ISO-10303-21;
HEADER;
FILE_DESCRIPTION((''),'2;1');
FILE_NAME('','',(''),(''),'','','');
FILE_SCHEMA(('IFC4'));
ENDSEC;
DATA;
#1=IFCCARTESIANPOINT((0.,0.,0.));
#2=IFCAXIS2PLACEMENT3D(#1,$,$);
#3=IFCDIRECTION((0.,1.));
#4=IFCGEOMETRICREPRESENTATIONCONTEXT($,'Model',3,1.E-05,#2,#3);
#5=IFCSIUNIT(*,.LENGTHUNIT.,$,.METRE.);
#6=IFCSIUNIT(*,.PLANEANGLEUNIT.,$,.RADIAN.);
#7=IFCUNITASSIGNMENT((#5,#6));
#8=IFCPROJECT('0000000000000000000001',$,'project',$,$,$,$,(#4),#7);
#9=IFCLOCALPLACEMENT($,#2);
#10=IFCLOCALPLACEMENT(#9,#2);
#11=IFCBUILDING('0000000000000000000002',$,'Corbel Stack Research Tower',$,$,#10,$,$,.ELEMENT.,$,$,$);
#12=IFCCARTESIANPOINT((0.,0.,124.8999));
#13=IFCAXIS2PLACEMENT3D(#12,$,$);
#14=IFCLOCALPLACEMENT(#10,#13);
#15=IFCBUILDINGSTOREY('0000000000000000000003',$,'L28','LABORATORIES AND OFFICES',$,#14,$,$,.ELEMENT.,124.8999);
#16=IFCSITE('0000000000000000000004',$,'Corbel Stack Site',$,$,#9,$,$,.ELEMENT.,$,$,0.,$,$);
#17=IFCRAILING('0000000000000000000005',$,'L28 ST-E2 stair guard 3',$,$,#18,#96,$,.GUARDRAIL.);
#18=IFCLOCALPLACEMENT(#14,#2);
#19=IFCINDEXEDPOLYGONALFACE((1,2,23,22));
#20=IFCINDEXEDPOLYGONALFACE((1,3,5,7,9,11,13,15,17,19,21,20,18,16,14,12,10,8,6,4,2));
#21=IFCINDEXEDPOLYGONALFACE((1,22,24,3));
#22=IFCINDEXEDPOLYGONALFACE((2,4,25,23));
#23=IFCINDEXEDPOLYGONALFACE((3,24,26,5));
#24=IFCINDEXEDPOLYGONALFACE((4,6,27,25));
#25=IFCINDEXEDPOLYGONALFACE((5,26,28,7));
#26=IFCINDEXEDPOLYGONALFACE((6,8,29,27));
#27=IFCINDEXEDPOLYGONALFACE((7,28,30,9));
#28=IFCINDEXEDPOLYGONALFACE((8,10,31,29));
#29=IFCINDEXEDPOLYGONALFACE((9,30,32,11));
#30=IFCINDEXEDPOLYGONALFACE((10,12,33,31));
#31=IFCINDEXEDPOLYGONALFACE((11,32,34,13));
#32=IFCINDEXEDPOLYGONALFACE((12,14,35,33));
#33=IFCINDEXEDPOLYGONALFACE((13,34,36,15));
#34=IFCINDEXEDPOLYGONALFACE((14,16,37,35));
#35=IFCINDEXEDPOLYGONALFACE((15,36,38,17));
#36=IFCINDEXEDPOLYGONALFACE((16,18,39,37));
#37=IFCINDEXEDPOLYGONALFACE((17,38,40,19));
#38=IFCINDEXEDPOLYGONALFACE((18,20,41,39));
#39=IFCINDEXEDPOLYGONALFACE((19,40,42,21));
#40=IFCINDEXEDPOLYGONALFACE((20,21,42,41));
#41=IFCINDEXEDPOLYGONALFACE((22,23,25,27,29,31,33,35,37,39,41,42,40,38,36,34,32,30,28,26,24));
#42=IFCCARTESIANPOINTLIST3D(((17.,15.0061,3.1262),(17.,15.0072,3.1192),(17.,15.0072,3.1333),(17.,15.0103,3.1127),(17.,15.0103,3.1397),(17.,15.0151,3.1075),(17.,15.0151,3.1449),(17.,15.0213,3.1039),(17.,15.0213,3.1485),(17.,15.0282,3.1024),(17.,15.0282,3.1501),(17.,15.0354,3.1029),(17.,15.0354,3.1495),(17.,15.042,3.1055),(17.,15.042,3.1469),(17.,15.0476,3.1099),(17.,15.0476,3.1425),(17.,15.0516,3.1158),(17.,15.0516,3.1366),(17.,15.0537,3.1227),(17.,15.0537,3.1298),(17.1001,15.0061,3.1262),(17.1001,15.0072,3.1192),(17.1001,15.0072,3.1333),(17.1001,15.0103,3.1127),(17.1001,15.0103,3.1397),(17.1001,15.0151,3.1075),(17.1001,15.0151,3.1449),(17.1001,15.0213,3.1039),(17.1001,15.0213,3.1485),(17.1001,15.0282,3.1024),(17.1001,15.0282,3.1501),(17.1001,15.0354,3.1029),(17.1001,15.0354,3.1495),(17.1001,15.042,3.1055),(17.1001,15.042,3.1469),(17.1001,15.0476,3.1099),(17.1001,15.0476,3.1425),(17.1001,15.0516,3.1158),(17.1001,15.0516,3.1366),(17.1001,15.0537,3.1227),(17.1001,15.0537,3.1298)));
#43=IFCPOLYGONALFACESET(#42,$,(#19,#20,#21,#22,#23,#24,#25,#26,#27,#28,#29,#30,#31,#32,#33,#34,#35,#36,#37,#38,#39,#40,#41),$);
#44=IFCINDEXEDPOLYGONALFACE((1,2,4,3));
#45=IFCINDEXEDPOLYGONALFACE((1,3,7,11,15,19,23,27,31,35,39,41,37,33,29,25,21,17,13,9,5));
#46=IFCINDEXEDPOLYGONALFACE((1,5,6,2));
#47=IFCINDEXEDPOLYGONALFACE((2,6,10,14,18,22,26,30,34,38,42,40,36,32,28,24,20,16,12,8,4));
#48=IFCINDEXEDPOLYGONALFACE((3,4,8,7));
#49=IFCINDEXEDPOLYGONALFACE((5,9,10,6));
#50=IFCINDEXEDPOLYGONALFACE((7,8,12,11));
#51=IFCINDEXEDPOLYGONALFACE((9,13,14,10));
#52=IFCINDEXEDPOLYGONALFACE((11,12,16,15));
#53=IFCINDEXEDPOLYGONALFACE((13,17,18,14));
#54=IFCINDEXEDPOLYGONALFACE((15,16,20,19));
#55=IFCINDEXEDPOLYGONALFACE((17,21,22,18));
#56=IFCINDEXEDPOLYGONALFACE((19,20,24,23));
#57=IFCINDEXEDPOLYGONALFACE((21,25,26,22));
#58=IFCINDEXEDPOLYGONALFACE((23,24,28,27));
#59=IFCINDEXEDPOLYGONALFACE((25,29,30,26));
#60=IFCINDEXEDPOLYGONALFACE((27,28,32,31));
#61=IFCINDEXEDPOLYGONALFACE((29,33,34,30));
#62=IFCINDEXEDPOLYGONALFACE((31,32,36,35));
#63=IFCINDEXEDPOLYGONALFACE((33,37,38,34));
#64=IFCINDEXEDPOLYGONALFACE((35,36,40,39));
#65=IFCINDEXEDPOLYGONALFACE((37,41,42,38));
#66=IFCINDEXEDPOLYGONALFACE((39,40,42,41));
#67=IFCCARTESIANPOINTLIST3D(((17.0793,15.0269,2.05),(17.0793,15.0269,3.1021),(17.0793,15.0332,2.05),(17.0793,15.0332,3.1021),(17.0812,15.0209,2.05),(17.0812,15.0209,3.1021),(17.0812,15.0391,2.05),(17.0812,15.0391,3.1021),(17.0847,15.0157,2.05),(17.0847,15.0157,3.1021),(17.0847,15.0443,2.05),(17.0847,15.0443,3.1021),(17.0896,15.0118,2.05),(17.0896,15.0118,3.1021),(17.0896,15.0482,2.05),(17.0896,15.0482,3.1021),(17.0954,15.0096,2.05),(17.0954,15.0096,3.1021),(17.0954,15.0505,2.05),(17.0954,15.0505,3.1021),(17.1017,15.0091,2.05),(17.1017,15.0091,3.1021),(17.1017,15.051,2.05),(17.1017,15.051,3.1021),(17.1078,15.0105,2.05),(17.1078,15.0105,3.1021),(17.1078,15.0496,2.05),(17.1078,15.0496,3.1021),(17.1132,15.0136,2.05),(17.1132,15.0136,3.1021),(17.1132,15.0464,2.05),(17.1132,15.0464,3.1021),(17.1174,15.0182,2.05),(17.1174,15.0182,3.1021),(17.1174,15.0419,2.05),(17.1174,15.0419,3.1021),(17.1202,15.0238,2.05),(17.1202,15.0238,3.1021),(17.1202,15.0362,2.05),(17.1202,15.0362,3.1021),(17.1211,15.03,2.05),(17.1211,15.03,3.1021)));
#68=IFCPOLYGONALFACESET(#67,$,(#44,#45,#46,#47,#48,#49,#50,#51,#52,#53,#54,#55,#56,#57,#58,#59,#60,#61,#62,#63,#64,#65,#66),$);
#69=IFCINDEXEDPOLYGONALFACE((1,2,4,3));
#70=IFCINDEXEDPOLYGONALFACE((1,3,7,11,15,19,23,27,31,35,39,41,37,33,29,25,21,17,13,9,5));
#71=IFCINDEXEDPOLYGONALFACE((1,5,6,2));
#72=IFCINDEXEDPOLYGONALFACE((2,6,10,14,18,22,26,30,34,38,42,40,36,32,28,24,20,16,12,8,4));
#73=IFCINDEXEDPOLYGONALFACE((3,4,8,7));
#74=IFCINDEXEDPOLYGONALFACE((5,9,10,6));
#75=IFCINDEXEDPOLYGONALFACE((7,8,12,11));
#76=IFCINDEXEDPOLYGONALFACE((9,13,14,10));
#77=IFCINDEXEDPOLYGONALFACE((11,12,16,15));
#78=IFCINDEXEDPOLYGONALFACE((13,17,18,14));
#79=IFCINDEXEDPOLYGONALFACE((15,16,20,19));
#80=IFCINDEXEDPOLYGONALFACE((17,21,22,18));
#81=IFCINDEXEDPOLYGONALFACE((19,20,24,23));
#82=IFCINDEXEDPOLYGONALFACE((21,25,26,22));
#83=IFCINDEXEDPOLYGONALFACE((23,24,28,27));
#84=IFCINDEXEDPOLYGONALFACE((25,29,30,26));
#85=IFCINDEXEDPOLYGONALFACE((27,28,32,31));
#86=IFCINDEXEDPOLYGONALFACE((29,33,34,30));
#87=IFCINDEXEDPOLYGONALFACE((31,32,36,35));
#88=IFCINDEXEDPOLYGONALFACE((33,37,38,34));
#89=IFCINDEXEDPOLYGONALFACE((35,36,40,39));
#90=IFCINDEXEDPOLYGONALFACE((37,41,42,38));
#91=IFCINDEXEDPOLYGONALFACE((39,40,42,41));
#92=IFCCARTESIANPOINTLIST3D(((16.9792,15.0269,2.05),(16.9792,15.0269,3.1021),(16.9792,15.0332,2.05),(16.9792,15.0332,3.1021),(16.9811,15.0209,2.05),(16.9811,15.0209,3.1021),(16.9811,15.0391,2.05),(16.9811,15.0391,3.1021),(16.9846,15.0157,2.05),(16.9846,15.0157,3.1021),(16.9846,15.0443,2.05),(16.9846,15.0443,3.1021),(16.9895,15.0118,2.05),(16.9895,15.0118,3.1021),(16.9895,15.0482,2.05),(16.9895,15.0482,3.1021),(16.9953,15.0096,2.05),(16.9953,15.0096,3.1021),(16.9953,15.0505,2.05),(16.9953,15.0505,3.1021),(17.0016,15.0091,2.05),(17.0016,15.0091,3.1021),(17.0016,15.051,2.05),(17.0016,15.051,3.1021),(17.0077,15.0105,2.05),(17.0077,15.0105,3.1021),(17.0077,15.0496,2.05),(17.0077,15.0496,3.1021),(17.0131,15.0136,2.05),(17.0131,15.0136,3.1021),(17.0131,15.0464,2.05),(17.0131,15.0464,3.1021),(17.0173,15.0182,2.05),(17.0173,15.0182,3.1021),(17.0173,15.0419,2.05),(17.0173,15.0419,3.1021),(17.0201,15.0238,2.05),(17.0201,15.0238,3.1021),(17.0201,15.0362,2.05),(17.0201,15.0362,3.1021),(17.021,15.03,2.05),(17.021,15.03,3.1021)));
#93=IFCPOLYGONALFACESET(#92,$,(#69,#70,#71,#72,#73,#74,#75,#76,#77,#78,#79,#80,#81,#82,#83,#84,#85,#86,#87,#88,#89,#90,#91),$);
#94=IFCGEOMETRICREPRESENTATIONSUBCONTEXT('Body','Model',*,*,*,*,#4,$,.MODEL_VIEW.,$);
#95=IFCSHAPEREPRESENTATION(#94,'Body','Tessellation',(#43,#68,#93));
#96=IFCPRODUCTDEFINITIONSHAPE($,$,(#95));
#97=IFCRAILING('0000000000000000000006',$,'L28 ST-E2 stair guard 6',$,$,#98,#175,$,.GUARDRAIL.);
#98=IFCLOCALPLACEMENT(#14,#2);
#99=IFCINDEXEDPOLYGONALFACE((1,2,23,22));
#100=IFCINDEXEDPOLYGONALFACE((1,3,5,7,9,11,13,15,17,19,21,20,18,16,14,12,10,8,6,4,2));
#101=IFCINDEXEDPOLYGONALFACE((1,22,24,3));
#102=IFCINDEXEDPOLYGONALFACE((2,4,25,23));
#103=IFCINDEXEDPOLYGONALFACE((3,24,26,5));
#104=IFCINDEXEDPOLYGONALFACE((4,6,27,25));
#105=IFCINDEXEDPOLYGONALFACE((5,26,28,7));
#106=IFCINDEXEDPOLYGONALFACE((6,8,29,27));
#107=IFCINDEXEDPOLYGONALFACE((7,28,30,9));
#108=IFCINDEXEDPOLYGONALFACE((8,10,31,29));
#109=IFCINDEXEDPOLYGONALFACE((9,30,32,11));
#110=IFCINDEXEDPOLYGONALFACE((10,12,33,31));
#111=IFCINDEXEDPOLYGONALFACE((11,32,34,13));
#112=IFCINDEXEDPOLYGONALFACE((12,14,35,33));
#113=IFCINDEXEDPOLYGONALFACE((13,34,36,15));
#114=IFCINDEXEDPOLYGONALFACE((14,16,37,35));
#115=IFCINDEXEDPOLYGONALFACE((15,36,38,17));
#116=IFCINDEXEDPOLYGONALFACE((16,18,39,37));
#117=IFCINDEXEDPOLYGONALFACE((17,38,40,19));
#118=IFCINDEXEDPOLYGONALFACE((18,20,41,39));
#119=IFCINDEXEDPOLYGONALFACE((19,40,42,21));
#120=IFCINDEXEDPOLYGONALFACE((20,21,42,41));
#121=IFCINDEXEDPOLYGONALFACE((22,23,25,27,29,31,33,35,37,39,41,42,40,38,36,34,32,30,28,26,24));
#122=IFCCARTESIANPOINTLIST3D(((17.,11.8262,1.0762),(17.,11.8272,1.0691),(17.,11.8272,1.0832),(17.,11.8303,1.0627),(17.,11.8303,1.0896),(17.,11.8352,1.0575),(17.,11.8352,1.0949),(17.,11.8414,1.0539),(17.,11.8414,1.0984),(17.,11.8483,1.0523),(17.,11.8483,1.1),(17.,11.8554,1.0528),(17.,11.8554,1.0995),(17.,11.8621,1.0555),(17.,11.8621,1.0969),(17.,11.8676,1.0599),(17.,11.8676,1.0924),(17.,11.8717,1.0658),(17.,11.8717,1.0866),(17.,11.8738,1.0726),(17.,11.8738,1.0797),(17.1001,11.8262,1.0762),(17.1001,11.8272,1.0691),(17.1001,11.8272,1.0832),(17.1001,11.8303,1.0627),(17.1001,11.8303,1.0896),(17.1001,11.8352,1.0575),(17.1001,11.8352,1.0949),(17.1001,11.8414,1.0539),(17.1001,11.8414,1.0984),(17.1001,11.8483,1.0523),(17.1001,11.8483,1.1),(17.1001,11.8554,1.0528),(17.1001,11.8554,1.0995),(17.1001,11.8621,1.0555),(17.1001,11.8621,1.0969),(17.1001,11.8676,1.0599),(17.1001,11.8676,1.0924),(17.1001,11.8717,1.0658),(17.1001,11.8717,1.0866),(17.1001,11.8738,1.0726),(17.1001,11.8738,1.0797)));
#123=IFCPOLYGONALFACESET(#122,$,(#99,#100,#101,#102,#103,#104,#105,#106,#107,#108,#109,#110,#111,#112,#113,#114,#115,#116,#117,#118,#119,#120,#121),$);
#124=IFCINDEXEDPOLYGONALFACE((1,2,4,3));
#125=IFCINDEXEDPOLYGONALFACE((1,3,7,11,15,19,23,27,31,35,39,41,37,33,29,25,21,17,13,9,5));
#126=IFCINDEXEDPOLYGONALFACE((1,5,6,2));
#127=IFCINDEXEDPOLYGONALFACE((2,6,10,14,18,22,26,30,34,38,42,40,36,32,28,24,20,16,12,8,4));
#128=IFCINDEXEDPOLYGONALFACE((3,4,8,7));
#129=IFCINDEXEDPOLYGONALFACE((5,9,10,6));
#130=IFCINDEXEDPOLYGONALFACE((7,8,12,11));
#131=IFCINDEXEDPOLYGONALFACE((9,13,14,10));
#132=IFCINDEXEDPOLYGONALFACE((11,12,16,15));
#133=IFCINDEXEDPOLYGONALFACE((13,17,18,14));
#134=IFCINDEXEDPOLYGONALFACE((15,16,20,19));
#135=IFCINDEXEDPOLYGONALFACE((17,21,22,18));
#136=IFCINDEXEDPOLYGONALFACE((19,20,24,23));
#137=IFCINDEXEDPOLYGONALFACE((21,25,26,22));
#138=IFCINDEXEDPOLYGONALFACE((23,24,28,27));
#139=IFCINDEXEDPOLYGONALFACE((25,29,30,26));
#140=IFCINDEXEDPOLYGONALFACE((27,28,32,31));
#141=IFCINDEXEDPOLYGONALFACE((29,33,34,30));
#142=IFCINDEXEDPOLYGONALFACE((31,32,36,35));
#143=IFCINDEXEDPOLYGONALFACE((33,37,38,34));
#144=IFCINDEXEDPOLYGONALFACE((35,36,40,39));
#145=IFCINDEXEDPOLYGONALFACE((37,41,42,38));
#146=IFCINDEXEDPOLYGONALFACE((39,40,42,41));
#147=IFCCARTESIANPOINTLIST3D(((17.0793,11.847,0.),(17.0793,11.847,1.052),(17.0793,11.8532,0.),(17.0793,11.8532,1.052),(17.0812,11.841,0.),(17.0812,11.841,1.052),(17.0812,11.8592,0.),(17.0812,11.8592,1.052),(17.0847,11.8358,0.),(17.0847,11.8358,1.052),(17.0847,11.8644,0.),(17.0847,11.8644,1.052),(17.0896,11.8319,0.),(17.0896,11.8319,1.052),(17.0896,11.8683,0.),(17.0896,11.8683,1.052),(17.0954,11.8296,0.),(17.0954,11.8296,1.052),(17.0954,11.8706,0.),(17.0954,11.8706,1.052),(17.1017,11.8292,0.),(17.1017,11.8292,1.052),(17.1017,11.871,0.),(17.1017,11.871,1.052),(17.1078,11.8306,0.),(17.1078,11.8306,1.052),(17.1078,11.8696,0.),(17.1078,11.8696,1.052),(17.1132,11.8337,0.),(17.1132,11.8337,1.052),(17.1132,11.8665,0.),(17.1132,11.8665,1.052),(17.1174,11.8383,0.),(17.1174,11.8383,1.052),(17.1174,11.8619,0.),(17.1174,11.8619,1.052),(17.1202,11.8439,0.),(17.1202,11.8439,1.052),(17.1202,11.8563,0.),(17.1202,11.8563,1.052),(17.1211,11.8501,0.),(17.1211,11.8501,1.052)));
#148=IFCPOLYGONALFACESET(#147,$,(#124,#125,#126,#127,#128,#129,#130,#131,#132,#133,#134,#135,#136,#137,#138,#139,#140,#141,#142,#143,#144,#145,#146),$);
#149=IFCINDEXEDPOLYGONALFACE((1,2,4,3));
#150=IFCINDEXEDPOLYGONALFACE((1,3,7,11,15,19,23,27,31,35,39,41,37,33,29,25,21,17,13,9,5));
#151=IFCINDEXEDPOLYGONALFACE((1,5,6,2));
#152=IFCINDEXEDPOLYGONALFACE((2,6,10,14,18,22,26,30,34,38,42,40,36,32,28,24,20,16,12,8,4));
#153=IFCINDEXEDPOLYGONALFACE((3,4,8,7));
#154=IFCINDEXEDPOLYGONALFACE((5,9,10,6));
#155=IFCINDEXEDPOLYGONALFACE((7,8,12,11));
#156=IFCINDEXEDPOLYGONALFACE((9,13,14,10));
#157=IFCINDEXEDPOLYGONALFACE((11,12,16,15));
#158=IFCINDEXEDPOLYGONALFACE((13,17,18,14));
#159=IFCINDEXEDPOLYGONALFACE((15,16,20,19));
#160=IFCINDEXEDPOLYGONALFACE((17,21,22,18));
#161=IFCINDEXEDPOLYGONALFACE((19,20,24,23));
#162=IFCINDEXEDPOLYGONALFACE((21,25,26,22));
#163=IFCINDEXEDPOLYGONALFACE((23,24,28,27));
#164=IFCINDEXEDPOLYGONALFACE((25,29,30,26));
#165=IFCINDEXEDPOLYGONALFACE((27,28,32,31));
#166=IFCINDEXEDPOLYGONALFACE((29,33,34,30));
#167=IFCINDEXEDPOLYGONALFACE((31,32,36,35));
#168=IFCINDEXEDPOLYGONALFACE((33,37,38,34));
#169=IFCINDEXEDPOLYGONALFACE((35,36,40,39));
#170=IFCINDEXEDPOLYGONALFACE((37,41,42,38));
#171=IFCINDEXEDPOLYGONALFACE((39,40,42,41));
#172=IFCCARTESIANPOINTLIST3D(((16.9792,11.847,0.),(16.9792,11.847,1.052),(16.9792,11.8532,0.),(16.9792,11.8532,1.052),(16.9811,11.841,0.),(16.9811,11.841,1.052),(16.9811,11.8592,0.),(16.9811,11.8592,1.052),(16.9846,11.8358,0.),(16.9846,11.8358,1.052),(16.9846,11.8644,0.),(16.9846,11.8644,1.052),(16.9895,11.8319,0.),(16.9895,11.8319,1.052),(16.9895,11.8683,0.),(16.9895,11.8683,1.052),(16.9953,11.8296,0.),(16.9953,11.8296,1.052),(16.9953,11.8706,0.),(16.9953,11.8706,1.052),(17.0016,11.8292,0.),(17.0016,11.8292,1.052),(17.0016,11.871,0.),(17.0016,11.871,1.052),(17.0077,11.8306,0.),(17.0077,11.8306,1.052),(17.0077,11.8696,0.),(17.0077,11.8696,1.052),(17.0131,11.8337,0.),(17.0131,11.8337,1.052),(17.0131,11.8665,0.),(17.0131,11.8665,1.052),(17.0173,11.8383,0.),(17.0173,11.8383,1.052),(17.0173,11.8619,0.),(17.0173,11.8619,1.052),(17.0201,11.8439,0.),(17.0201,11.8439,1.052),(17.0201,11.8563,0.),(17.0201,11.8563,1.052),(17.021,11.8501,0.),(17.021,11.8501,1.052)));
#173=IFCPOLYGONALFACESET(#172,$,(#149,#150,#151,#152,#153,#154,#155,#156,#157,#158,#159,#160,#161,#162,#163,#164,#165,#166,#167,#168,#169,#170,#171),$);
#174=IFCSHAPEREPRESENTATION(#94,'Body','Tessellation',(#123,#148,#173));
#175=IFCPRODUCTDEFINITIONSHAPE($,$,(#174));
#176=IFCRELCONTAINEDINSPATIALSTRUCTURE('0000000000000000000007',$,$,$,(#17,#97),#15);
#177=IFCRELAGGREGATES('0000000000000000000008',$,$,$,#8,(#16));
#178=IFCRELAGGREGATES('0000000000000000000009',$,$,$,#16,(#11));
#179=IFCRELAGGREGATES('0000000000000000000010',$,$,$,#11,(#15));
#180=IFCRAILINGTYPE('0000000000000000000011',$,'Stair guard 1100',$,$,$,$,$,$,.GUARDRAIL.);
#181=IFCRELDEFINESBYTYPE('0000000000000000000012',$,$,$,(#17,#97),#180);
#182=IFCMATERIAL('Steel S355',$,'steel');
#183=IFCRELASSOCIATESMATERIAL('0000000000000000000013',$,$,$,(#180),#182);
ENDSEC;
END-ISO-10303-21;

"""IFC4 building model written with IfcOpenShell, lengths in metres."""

from ifc_helpers import new_model, si_unit, direction, frame, origin, origin_2d, place, context, subcontext, project, spatial, circle, extrude, material, type_object, element, save


model = new_model("IFC4")

# Units and contexts
model_context = context("Model", 3, precision=1e-05, world=origin(), true_north=direction((0.0, 1.0)))
body_context = subcontext(model_context, "Body", "Model", "MODEL_VIEW")
ifc_project = project(units=[si_unit("LENGTHUNIT", "METRE"), si_unit("PLANEANGLEUNIT", "RADIAN")], contexts=[model_context])

# Site, building, storey
site_placement = place(None, origin())
site = spatial("IfcSite", under=ifc_project, at=site_placement, Name="Corbel Stack Site", CompositionType="ELEMENT", RefElevation=0.0)
building_placement = place(site_placement, origin())
building = spatial("IfcBuilding", under=site, at=building_placement, Name="Corbel Stack Research Tower", CompositionType="ELEMENT")
storey_placement = place(building_placement, frame((0.0, 0.0, 124.8999)))
storey = spatial("IfcBuildingStorey", under=building, at=storey_placement, Name="L28", Description="LABORATORIES AND OFFICES", CompositionType="ELEMENT", Elevation=124.8999)

# Railings
ifc_material_1 = material(Name="Steel S355", Category="steel")
railing_type = type_object("IfcRailingType", Name="Stair guard 1100", PredefinedType="GUARDRAIL", material=ifc_material_1)
for number, where, name in (
    (1, (17.1001, 15.03, 2.05), "L28 ST-E2 stair guard 3"),
    (2, (17.1001, 11.8501, 0.0), "L28 ST-E2 stair guard 6"),
):
    element("IfcRailing", number, at=place(storey_placement, frame(where)), inside=storey, type_object=railing_type, Name=name, PredefinedType="GUARDRAIL", context=body_context, shape_type="SweptSolid", body=[
        extrude(circle(Radius=0.0239, at=origin_2d()), frame((0.0, 0.0, 1.0762), z_axis=(-1.0, 0.0, 0.0), x_axis=(0.0, -1.0, 0.0)), (0.0, 0.0, 1.0), 0.1001),
        extrude(circle(Radius=0.021, at=origin_2d()), origin(), (0.0, 0.0, 1.0), 1.052),
        extrude(circle(Radius=0.021, at=origin_2d()), frame((-0.1001, 0.0, 0.0)), (0.0, 0.0, 1.0), 1.052),
    ])

save(model, "model.ifc")
